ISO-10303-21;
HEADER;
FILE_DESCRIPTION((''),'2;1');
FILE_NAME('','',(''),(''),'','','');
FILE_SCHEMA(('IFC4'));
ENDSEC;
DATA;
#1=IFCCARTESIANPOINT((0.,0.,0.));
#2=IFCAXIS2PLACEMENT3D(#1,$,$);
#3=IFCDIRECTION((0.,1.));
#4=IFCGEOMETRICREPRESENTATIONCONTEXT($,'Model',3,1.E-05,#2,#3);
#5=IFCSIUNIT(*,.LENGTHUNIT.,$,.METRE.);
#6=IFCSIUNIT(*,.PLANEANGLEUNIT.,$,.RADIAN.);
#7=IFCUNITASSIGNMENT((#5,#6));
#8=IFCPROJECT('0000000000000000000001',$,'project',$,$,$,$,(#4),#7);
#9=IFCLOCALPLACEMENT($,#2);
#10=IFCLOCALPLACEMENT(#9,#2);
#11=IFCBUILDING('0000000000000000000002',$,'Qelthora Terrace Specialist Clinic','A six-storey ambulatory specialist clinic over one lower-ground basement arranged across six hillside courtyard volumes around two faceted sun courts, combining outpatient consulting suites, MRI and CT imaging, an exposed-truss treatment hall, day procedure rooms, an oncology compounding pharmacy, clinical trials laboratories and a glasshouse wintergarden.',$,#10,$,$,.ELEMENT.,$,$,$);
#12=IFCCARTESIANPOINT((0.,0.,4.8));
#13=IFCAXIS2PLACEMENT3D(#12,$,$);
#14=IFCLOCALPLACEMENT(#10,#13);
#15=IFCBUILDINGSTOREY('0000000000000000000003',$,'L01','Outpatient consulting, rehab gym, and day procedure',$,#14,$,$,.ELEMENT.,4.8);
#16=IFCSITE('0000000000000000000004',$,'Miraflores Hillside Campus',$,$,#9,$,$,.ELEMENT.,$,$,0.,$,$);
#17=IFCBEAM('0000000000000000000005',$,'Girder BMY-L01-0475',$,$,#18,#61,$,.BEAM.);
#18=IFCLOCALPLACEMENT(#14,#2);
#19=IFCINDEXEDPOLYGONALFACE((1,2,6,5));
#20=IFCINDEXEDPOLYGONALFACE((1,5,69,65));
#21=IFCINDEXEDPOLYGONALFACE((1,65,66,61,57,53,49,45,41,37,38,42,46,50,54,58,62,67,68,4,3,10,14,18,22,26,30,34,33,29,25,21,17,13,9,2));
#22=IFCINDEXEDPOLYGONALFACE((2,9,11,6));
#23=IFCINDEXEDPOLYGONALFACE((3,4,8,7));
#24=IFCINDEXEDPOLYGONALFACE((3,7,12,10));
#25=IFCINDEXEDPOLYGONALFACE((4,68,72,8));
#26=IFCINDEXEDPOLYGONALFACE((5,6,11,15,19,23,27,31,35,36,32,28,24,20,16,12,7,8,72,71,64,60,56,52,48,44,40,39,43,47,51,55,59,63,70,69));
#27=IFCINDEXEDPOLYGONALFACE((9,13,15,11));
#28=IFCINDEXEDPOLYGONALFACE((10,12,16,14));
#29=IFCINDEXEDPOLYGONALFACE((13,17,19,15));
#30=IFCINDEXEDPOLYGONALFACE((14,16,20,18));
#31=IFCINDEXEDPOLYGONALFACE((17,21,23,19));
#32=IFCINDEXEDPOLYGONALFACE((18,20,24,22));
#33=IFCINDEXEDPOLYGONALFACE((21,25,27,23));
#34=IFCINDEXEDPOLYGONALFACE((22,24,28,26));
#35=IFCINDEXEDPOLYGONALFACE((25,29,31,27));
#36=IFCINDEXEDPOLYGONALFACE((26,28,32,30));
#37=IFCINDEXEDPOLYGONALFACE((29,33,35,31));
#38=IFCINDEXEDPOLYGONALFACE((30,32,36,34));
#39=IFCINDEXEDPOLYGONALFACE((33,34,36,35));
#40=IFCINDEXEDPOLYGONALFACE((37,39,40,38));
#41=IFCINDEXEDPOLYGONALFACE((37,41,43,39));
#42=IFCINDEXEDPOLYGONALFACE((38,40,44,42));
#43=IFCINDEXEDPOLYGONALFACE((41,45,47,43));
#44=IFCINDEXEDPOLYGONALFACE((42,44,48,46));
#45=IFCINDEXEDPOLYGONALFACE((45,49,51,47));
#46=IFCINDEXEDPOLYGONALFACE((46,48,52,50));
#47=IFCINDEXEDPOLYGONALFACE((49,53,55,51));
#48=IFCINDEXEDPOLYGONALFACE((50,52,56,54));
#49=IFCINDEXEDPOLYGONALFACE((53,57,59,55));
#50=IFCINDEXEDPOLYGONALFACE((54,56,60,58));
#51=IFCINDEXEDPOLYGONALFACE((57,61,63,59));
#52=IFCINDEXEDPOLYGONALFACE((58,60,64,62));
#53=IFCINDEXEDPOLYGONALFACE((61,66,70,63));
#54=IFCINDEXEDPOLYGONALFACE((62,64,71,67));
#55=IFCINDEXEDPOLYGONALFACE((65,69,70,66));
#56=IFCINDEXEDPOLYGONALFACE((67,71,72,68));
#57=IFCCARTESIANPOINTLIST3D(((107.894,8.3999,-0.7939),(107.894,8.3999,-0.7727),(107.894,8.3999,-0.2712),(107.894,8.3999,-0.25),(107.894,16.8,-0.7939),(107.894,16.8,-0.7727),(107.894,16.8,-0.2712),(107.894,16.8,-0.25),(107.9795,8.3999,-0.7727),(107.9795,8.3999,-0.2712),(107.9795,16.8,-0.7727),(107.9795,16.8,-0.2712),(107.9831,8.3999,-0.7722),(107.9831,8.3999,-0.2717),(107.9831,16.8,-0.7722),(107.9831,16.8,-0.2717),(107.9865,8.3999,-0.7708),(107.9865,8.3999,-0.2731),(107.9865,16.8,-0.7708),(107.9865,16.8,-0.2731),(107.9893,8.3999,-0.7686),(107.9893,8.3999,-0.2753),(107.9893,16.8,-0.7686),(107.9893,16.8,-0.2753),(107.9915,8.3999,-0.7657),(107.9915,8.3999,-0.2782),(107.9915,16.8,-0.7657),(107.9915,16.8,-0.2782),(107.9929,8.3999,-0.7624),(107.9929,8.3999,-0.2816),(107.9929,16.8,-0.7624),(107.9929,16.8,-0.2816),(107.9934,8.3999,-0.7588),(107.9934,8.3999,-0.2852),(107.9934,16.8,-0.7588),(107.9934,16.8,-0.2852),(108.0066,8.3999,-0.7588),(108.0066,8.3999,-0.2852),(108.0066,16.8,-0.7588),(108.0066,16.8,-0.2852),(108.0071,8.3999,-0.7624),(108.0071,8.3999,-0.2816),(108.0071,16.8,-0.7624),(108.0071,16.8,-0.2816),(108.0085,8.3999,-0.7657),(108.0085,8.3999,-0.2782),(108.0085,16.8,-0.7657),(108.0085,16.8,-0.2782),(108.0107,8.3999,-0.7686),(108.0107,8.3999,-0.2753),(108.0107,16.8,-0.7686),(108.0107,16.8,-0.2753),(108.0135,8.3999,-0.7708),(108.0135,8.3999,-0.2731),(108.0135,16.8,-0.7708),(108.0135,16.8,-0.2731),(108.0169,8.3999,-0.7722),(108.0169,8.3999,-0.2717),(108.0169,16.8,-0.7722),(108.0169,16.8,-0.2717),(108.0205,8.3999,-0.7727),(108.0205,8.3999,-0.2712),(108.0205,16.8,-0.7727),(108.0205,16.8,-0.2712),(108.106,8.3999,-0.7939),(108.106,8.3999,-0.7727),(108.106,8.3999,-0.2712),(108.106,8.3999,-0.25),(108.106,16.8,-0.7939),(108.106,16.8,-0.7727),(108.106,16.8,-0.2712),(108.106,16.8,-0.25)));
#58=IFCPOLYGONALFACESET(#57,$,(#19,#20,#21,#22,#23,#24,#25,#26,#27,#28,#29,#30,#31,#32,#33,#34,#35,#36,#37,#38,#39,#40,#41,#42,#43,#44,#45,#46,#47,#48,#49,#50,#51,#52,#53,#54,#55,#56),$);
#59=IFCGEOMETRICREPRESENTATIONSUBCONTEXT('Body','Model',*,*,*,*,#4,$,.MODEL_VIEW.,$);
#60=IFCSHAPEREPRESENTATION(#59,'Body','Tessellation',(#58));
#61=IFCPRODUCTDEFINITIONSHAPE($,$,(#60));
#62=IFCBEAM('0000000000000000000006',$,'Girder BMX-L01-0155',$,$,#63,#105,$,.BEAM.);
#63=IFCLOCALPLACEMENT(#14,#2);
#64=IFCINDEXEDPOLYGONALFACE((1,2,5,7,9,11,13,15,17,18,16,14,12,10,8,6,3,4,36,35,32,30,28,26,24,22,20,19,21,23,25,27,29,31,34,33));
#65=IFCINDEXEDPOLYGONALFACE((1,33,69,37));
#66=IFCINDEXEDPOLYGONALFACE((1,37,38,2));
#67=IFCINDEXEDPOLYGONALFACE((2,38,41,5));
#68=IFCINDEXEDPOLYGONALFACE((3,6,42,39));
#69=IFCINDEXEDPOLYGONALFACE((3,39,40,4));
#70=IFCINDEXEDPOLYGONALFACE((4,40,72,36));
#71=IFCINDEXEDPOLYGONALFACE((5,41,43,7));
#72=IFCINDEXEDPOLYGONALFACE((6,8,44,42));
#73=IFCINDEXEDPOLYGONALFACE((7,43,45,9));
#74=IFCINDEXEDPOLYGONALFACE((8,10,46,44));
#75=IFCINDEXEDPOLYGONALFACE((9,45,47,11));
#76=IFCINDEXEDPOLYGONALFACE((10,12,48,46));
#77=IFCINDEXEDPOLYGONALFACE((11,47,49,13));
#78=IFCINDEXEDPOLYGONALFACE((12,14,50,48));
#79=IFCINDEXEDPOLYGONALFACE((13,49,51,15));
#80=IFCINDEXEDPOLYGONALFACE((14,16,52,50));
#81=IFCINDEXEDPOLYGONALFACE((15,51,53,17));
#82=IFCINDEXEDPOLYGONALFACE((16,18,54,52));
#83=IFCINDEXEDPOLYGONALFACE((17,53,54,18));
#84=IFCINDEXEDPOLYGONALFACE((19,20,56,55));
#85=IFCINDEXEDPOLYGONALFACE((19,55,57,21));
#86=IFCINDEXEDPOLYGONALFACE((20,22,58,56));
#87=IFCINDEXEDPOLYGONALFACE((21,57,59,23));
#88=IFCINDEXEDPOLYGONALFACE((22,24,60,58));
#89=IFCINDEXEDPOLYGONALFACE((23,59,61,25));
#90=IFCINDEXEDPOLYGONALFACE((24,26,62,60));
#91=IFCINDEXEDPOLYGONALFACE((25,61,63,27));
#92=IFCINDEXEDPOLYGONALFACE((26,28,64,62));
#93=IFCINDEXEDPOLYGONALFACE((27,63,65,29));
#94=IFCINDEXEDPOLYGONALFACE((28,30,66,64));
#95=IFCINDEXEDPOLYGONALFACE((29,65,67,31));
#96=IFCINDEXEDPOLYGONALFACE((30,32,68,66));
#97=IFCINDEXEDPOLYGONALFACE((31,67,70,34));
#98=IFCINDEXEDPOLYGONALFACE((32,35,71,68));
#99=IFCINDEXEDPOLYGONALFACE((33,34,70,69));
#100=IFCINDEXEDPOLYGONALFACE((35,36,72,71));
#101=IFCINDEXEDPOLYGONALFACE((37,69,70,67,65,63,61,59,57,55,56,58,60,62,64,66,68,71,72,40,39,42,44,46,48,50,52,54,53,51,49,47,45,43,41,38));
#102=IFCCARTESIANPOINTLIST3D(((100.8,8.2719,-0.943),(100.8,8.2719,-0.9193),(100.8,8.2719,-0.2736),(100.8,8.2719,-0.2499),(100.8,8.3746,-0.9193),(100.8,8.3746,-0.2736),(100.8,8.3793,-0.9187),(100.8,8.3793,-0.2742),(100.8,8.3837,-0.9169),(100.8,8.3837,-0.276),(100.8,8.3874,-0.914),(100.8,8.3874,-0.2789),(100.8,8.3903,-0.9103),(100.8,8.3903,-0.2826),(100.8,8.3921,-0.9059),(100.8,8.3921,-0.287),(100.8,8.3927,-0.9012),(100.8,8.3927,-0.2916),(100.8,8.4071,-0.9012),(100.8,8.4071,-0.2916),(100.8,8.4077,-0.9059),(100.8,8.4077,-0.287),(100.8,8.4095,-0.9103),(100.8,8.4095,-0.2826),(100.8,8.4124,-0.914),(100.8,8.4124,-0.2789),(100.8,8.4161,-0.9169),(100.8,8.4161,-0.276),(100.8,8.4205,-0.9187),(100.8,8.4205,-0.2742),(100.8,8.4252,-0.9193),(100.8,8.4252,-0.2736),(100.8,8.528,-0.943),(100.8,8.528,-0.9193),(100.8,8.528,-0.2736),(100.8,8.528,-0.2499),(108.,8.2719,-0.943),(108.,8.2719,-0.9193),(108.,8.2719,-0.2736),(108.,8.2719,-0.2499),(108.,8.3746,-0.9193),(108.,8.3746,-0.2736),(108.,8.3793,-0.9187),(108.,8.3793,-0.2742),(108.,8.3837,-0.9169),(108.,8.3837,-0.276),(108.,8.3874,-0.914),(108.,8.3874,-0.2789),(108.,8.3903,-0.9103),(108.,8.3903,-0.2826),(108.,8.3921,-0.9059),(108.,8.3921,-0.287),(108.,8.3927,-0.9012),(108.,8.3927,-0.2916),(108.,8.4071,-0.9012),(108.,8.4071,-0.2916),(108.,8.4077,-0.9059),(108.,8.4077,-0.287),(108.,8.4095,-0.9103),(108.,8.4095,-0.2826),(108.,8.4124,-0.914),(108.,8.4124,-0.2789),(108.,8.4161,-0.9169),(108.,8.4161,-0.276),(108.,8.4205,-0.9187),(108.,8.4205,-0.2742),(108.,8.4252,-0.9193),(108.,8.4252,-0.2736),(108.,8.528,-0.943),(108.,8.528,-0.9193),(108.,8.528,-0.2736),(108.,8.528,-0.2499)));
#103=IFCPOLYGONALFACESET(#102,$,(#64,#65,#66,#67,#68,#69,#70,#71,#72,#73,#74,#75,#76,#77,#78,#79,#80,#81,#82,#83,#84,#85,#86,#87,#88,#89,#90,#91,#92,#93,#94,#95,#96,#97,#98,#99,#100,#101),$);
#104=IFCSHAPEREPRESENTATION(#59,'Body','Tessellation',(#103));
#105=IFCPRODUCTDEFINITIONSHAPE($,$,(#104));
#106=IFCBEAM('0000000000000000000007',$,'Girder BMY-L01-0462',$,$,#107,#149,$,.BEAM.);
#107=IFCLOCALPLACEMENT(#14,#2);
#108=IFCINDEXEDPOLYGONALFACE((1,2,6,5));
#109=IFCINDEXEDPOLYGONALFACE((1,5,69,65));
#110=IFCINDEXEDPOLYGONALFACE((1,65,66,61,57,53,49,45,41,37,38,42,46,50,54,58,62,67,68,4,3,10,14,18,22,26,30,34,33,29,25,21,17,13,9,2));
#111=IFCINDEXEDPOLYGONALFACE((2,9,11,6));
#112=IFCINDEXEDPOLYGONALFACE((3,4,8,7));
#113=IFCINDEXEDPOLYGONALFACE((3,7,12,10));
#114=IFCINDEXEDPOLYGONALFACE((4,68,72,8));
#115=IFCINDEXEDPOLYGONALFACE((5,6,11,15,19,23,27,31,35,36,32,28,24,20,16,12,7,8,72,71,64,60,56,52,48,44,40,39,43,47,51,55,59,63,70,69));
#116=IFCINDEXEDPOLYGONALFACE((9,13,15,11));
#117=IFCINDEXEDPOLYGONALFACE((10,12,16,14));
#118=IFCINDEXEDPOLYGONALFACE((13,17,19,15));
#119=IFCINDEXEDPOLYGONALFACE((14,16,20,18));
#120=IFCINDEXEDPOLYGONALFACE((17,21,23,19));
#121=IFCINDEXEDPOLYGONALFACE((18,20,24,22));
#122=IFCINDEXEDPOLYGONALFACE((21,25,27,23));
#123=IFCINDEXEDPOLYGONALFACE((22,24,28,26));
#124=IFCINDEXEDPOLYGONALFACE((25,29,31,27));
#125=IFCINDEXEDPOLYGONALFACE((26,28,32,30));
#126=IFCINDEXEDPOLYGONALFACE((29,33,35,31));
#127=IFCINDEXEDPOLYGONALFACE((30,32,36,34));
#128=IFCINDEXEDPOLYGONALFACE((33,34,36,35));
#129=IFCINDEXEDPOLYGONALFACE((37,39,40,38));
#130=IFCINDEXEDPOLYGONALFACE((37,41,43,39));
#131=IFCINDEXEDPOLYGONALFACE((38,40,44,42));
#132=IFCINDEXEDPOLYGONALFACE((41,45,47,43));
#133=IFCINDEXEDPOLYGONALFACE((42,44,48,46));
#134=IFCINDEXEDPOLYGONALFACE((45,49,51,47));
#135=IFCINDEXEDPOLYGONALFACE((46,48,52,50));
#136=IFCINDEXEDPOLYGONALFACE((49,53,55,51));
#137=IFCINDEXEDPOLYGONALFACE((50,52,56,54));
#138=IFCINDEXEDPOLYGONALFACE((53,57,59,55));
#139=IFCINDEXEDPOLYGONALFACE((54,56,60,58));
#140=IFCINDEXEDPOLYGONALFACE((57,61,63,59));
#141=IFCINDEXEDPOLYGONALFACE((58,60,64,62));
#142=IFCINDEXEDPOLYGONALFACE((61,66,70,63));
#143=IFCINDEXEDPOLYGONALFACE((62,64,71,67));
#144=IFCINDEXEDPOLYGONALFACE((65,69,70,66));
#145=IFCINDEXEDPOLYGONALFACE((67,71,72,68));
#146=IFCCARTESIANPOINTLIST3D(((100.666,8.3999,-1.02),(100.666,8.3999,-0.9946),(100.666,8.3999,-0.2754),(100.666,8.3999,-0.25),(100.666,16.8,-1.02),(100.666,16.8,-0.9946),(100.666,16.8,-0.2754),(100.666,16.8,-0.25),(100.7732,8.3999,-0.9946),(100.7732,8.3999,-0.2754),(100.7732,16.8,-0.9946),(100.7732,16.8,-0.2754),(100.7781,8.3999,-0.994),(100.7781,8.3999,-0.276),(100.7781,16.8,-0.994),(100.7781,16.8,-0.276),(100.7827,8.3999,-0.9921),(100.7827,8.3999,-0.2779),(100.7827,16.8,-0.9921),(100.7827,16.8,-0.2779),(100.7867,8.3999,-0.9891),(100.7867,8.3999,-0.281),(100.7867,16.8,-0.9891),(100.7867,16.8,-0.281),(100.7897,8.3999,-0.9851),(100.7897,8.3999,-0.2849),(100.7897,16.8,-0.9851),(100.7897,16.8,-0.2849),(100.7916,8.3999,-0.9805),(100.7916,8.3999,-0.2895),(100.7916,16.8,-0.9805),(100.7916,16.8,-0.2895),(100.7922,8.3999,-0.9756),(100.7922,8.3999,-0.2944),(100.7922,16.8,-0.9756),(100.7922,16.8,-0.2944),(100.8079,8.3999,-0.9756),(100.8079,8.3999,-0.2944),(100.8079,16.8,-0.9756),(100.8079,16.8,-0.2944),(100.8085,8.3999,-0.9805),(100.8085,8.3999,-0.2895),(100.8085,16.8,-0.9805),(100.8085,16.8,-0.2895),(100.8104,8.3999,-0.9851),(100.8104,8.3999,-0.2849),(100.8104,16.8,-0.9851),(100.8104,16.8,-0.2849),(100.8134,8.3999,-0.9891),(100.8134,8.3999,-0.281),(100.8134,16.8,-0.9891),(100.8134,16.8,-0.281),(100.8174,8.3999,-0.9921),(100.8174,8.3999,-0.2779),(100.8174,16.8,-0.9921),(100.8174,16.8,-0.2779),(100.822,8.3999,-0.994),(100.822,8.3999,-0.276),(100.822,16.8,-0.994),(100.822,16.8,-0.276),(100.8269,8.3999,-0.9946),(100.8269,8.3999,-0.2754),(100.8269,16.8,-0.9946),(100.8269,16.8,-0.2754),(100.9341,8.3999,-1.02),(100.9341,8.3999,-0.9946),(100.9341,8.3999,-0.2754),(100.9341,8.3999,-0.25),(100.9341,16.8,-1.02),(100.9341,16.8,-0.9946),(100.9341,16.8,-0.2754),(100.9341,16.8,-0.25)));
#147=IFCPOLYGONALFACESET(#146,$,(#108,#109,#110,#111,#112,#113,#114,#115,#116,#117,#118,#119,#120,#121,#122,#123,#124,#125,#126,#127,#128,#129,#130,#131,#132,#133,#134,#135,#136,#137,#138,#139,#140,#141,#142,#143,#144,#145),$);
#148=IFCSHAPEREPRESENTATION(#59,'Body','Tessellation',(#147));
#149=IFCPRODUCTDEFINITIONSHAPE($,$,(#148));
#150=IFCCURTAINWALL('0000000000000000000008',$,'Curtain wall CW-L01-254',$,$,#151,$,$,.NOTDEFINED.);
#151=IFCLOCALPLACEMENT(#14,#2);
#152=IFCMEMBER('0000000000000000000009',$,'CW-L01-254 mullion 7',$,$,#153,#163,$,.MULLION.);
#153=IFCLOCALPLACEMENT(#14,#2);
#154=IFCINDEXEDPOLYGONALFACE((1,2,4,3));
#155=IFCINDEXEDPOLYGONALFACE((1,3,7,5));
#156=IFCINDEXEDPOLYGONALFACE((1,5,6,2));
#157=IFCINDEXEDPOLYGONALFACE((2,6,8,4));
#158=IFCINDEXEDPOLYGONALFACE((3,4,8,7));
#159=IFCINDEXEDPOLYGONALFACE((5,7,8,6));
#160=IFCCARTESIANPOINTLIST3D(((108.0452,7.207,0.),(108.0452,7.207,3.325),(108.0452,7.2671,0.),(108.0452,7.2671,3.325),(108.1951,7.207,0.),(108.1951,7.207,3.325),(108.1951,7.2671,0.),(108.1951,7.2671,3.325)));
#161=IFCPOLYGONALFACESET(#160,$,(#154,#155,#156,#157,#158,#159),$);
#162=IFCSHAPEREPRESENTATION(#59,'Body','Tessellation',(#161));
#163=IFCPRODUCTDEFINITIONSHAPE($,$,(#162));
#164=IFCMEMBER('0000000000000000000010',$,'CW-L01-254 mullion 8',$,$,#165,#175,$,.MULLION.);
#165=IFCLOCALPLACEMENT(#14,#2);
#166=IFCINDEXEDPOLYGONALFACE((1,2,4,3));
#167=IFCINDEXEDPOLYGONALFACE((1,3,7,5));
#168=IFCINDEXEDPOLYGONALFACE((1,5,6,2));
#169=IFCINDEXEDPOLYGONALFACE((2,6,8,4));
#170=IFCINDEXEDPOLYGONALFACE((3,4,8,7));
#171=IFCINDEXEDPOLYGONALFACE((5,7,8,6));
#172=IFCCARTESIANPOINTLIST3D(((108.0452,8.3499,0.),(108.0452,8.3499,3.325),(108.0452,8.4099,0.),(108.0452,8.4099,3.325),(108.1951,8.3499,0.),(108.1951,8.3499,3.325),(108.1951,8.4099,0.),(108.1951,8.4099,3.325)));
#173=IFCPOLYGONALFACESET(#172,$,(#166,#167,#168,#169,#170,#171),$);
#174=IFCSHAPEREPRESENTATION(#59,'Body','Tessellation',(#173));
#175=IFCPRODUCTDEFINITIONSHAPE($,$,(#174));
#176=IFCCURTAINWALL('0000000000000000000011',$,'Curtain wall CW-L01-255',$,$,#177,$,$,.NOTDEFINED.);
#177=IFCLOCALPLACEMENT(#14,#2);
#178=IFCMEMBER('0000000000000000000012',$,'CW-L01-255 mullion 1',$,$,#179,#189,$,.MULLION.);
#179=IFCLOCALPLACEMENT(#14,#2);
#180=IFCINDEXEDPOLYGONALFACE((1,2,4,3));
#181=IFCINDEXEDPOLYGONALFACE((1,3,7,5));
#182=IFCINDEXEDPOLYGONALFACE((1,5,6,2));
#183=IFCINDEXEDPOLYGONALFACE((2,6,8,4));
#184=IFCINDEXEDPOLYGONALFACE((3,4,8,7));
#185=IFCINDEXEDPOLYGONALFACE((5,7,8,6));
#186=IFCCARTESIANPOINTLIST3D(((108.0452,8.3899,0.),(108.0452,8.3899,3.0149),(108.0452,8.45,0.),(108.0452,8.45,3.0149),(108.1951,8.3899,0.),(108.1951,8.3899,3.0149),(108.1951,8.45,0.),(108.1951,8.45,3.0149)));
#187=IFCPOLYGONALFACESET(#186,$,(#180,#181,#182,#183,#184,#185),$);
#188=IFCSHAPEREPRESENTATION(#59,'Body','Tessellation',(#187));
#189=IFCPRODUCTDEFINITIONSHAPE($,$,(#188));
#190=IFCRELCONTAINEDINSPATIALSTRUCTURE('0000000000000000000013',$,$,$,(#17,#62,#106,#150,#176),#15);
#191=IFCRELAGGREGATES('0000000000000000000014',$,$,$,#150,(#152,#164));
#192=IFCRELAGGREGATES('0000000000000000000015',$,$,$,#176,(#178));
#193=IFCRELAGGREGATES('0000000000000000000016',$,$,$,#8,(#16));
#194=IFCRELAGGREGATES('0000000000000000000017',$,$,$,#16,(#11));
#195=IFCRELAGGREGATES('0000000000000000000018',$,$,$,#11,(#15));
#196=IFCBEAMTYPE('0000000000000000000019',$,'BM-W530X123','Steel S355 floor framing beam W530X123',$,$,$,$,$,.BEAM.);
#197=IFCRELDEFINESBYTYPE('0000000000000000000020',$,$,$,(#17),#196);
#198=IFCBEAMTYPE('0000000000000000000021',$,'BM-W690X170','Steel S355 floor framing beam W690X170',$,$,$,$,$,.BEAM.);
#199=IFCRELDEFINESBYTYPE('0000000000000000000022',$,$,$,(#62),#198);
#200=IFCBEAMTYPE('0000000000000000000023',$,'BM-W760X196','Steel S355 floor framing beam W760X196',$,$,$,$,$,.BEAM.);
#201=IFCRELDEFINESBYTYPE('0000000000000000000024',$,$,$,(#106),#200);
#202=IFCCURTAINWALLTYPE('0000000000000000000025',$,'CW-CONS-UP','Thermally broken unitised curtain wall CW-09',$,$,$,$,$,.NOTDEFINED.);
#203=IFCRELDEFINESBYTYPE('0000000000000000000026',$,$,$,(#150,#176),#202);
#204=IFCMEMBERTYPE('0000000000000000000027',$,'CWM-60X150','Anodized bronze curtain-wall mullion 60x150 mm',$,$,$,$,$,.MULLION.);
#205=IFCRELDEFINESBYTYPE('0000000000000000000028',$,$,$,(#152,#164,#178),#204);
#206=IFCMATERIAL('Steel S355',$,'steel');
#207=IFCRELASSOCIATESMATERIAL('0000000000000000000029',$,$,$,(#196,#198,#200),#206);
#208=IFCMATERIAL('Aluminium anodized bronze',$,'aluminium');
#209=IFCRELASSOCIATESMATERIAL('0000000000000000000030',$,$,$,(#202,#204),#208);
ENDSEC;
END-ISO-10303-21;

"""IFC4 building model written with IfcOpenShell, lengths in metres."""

from ifc_helpers import new_model, si_unit, direction, frame, origin, origin_2d, place, context, subcontext, project, spatial, rectangle, i_section, extrude, material, material_profile, profile_set, type_object, element, aggregate, save


model = new_model("IFC4")

# Units and contexts
model_context = context("Model", 3, precision=1e-05, world=origin(), true_north=direction((0.0, 1.0)))
body_context = subcontext(model_context, "Body", "Model", "MODEL_VIEW")
ifc_project = project(units=[si_unit("LENGTHUNIT", "METRE"), si_unit("PLANEANGLEUNIT", "RADIAN")], contexts=[model_context])

# Site, building, storey
site_placement = place(None, origin())
site = spatial("IfcSite", under=ifc_project, at=site_placement, Name="Miraflores Hillside Campus", CompositionType="ELEMENT", RefElevation=0.0)
building_placement = place(site_placement, origin())
building = spatial("IfcBuilding", under=site, at=building_placement, Name="Qelthora Terrace Specialist Clinic", Description="A six-storey ambulatory specialist clinic over one lower-ground basement arranged across six hillside courtyard volumes around two faceted sun courts, combining outpatient consulting suites, MRI and CT imaging, an exposed-truss treatment hall, day procedure rooms, an oncology compounding pharmacy, clinical trials laboratories and a glasshouse wintergarden.", CompositionType="ELEMENT")
storey_placement = place(building_placement, frame((0.0, 0.0, 4.8)))
storey = spatial("IfcBuildingStorey", under=building, at=storey_placement, Name="L01", Description="Outpatient consulting, rehab gym, and day procedure", CompositionType="ELEMENT", Elevation=4.8)

# Shared definitions
ifc_material_1 = material(Name="Steel S355", Category="steel")

# Beams
ifc_material_profile_1 = material_profile(ifc_material_1, i_section(OverallWidth=0.2119, OverallDepth=0.5439, WebThickness=0.0132, FlangeThickness=0.0212, FilletRadius=0.0139, at=origin_2d()), Name="W530X123")
ifc_profile_set_1 = profile_set([ifc_material_profile_1], Name="Steel S355")
beam_type_1 = type_object("IfcBeamType", Name="BM-W530X123", Description="Steel S355 floor framing beam W530X123", PredefinedType="BEAM", material=ifc_profile_set_1)
beam_1_placement = place(storey_placement, frame((108.0, 8.3999, -0.522), z_axis=(0.0, 1.0, 0.0), x_axis=(-1.0, 0.0, 0.0)))
element("IfcBeam", 1, at=beam_1_placement, inside=storey, type_object=beam_type_1, Name="Girder BMY-L01-0475", PredefinedType="BEAM", context=body_context, shape_type="SweptSolid", body=[
    extrude(i_section(OverallWidth=0.2119, OverallDepth=0.5439, WebThickness=0.0132, FlangeThickness=0.0212, FilletRadius=0.0139, at=origin_2d()), origin(), (0.0, 0.0, 1.0), 8.4001),
])
ifc_material_profile_2 = material_profile(ifc_material_1, i_section(OverallWidth=0.2561, OverallDepth=0.6931, WebThickness=0.0144, FlangeThickness=0.0237, FilletRadius=0.0181, at=origin_2d()), Name="W690X170")
ifc_profile_set_2 = profile_set([ifc_material_profile_2], Name="Steel S355")
beam_type_2 = type_object("IfcBeamType", Name="BM-W690X170", Description="Steel S355 floor framing beam W690X170", PredefinedType="BEAM", material=ifc_profile_set_2)
beam_2_placement = place(storey_placement, frame((100.8, 8.3999, -0.5964), z_axis=(1.0, 0.0, 0.0), x_axis=(0.0, 1.0, 0.0)))
element("IfcBeam", 2, at=beam_2_placement, inside=storey, type_object=beam_type_2, Name="Girder BMX-L01-0155", PredefinedType="BEAM", context=body_context, shape_type="SweptSolid", body=[
    extrude(i_section(OverallWidth=0.2561, OverallDepth=0.6931, WebThickness=0.0144, FlangeThickness=0.0237, FilletRadius=0.0181, at=origin_2d()), origin(), (0.0, 0.0, 1.0), 7.2),
])
ifc_material_profile_3 = material_profile(ifc_material_1, i_section(OverallWidth=0.2681, OverallDepth=0.77, WebThickness=0.0156, FlangeThickness=0.0254, FilletRadius=0.019, at=origin_2d()), Name="W760X196")
ifc_profile_set_3 = profile_set([ifc_material_profile_3], Name="Steel S355")
beam_type_3 = type_object("IfcBeamType", Name="BM-W760X196", Description="Steel S355 floor framing beam W760X196", PredefinedType="BEAM", material=ifc_profile_set_3)
beam_3_placement = place(storey_placement, frame((100.8, 8.3999, -0.635), z_axis=(0.0, 1.0, 0.0), x_axis=(-1.0, 0.0, 0.0)))
element("IfcBeam", 3, at=beam_3_placement, inside=storey, type_object=beam_type_3, Name="Girder BMY-L01-0462", PredefinedType="BEAM", context=body_context, shape_type="SweptSolid", body=[
    extrude(i_section(OverallWidth=0.2681, OverallDepth=0.77, WebThickness=0.0156, FlangeThickness=0.0254, FilletRadius=0.019, at=origin_2d()), origin(), (0.0, 0.0, 1.0), 8.4001),
])

# Curtain walls, members
ifc_material_2 = material(Name="Aluminium anodized bronze", Category="aluminium")
curtain_wall_type = type_object("IfcCurtainWallType", Name="CW-CONS-UP", Description="Thermally broken unitised curtain wall CW-09", PredefinedType="NOTDEFINED", material=ifc_material_2)
curtain_wall_1_placement = place(storey_placement, origin())
curtain_wall_1 = element("IfcCurtainWall", 4, at=curtain_wall_1_placement, inside=storey, type_object=curtain_wall_type, Name="Curtain wall CW-L01-254", PredefinedType="NOTDEFINED")
ifc_material_profile_4 = material_profile(ifc_material_2, rectangle(XDim=0.0601, YDim=0.1499, at=origin_2d()), Name="CWM60X150")
ifc_profile_set_4 = profile_set([ifc_material_profile_4], Name="Aluminium anodized bronze")
member_type_1 = type_object("IfcMemberType", Name="CWM-60X150", Description="Anodized bronze curtain-wall mullion 60x150 mm", PredefinedType="MULLION", material=ifc_profile_set_4)
member_1_placement = place(storey_placement, frame((108.1201, 7.2371, 0.0), z_axis=(0.0, 0.0, 1.0), x_axis=(0.0, 1.0, 0.0)))
member_1 = element("IfcMember", 5, at=member_1_placement, type_object=member_type_1, Name="CW-L01-254 mullion 7", PredefinedType="MULLION", context=body_context, shape_type="SweptSolid", body=[
    extrude(rectangle(XDim=0.0601, YDim=0.1499, at=origin_2d()), origin(), (0.0, 0.0, 1.0), 3.325),
])
member_2_placement = place(storey_placement, frame((108.1201, 8.3799, 0.0), z_axis=(0.0, 0.0, 1.0), x_axis=(0.0, 1.0, 0.0)))
member_2 = element("IfcMember", 6, at=member_2_placement, type_object=member_type_1, Name="CW-L01-254 mullion 8", PredefinedType="MULLION", context=body_context, shape_type="SweptSolid", body=[
    extrude(rectangle(XDim=0.0601, YDim=0.1499, at=origin_2d()), origin(), (0.0, 0.0, 1.0), 3.325),
])
curtain_wall_2_placement = place(storey_placement, origin())
curtain_wall_2 = element("IfcCurtainWall", 7, at=curtain_wall_2_placement, inside=storey, type_object=curtain_wall_type, Name="Curtain wall CW-L01-255", PredefinedType="NOTDEFINED")
member_3_placement = place(storey_placement, frame((108.1201, 8.4199, 0.0), z_axis=(0.0, 0.0, 1.0), x_axis=(0.0, 1.0, 0.0)))
member_3 = element("IfcMember", 8, at=member_3_placement, type_object=member_type_1, Name="CW-L01-255 mullion 1", PredefinedType="MULLION", context=body_context, shape_type="SweptSolid", body=[
    extrude(rectangle(XDim=0.0601, YDim=0.1499, at=origin_2d()), origin(), (0.0, 0.0, 1.0), 3.0149),
])

aggregate(curtain_wall_1, [member_1, member_2])
aggregate(curtain_wall_2, [member_3])

save(model, "model.ifc")
